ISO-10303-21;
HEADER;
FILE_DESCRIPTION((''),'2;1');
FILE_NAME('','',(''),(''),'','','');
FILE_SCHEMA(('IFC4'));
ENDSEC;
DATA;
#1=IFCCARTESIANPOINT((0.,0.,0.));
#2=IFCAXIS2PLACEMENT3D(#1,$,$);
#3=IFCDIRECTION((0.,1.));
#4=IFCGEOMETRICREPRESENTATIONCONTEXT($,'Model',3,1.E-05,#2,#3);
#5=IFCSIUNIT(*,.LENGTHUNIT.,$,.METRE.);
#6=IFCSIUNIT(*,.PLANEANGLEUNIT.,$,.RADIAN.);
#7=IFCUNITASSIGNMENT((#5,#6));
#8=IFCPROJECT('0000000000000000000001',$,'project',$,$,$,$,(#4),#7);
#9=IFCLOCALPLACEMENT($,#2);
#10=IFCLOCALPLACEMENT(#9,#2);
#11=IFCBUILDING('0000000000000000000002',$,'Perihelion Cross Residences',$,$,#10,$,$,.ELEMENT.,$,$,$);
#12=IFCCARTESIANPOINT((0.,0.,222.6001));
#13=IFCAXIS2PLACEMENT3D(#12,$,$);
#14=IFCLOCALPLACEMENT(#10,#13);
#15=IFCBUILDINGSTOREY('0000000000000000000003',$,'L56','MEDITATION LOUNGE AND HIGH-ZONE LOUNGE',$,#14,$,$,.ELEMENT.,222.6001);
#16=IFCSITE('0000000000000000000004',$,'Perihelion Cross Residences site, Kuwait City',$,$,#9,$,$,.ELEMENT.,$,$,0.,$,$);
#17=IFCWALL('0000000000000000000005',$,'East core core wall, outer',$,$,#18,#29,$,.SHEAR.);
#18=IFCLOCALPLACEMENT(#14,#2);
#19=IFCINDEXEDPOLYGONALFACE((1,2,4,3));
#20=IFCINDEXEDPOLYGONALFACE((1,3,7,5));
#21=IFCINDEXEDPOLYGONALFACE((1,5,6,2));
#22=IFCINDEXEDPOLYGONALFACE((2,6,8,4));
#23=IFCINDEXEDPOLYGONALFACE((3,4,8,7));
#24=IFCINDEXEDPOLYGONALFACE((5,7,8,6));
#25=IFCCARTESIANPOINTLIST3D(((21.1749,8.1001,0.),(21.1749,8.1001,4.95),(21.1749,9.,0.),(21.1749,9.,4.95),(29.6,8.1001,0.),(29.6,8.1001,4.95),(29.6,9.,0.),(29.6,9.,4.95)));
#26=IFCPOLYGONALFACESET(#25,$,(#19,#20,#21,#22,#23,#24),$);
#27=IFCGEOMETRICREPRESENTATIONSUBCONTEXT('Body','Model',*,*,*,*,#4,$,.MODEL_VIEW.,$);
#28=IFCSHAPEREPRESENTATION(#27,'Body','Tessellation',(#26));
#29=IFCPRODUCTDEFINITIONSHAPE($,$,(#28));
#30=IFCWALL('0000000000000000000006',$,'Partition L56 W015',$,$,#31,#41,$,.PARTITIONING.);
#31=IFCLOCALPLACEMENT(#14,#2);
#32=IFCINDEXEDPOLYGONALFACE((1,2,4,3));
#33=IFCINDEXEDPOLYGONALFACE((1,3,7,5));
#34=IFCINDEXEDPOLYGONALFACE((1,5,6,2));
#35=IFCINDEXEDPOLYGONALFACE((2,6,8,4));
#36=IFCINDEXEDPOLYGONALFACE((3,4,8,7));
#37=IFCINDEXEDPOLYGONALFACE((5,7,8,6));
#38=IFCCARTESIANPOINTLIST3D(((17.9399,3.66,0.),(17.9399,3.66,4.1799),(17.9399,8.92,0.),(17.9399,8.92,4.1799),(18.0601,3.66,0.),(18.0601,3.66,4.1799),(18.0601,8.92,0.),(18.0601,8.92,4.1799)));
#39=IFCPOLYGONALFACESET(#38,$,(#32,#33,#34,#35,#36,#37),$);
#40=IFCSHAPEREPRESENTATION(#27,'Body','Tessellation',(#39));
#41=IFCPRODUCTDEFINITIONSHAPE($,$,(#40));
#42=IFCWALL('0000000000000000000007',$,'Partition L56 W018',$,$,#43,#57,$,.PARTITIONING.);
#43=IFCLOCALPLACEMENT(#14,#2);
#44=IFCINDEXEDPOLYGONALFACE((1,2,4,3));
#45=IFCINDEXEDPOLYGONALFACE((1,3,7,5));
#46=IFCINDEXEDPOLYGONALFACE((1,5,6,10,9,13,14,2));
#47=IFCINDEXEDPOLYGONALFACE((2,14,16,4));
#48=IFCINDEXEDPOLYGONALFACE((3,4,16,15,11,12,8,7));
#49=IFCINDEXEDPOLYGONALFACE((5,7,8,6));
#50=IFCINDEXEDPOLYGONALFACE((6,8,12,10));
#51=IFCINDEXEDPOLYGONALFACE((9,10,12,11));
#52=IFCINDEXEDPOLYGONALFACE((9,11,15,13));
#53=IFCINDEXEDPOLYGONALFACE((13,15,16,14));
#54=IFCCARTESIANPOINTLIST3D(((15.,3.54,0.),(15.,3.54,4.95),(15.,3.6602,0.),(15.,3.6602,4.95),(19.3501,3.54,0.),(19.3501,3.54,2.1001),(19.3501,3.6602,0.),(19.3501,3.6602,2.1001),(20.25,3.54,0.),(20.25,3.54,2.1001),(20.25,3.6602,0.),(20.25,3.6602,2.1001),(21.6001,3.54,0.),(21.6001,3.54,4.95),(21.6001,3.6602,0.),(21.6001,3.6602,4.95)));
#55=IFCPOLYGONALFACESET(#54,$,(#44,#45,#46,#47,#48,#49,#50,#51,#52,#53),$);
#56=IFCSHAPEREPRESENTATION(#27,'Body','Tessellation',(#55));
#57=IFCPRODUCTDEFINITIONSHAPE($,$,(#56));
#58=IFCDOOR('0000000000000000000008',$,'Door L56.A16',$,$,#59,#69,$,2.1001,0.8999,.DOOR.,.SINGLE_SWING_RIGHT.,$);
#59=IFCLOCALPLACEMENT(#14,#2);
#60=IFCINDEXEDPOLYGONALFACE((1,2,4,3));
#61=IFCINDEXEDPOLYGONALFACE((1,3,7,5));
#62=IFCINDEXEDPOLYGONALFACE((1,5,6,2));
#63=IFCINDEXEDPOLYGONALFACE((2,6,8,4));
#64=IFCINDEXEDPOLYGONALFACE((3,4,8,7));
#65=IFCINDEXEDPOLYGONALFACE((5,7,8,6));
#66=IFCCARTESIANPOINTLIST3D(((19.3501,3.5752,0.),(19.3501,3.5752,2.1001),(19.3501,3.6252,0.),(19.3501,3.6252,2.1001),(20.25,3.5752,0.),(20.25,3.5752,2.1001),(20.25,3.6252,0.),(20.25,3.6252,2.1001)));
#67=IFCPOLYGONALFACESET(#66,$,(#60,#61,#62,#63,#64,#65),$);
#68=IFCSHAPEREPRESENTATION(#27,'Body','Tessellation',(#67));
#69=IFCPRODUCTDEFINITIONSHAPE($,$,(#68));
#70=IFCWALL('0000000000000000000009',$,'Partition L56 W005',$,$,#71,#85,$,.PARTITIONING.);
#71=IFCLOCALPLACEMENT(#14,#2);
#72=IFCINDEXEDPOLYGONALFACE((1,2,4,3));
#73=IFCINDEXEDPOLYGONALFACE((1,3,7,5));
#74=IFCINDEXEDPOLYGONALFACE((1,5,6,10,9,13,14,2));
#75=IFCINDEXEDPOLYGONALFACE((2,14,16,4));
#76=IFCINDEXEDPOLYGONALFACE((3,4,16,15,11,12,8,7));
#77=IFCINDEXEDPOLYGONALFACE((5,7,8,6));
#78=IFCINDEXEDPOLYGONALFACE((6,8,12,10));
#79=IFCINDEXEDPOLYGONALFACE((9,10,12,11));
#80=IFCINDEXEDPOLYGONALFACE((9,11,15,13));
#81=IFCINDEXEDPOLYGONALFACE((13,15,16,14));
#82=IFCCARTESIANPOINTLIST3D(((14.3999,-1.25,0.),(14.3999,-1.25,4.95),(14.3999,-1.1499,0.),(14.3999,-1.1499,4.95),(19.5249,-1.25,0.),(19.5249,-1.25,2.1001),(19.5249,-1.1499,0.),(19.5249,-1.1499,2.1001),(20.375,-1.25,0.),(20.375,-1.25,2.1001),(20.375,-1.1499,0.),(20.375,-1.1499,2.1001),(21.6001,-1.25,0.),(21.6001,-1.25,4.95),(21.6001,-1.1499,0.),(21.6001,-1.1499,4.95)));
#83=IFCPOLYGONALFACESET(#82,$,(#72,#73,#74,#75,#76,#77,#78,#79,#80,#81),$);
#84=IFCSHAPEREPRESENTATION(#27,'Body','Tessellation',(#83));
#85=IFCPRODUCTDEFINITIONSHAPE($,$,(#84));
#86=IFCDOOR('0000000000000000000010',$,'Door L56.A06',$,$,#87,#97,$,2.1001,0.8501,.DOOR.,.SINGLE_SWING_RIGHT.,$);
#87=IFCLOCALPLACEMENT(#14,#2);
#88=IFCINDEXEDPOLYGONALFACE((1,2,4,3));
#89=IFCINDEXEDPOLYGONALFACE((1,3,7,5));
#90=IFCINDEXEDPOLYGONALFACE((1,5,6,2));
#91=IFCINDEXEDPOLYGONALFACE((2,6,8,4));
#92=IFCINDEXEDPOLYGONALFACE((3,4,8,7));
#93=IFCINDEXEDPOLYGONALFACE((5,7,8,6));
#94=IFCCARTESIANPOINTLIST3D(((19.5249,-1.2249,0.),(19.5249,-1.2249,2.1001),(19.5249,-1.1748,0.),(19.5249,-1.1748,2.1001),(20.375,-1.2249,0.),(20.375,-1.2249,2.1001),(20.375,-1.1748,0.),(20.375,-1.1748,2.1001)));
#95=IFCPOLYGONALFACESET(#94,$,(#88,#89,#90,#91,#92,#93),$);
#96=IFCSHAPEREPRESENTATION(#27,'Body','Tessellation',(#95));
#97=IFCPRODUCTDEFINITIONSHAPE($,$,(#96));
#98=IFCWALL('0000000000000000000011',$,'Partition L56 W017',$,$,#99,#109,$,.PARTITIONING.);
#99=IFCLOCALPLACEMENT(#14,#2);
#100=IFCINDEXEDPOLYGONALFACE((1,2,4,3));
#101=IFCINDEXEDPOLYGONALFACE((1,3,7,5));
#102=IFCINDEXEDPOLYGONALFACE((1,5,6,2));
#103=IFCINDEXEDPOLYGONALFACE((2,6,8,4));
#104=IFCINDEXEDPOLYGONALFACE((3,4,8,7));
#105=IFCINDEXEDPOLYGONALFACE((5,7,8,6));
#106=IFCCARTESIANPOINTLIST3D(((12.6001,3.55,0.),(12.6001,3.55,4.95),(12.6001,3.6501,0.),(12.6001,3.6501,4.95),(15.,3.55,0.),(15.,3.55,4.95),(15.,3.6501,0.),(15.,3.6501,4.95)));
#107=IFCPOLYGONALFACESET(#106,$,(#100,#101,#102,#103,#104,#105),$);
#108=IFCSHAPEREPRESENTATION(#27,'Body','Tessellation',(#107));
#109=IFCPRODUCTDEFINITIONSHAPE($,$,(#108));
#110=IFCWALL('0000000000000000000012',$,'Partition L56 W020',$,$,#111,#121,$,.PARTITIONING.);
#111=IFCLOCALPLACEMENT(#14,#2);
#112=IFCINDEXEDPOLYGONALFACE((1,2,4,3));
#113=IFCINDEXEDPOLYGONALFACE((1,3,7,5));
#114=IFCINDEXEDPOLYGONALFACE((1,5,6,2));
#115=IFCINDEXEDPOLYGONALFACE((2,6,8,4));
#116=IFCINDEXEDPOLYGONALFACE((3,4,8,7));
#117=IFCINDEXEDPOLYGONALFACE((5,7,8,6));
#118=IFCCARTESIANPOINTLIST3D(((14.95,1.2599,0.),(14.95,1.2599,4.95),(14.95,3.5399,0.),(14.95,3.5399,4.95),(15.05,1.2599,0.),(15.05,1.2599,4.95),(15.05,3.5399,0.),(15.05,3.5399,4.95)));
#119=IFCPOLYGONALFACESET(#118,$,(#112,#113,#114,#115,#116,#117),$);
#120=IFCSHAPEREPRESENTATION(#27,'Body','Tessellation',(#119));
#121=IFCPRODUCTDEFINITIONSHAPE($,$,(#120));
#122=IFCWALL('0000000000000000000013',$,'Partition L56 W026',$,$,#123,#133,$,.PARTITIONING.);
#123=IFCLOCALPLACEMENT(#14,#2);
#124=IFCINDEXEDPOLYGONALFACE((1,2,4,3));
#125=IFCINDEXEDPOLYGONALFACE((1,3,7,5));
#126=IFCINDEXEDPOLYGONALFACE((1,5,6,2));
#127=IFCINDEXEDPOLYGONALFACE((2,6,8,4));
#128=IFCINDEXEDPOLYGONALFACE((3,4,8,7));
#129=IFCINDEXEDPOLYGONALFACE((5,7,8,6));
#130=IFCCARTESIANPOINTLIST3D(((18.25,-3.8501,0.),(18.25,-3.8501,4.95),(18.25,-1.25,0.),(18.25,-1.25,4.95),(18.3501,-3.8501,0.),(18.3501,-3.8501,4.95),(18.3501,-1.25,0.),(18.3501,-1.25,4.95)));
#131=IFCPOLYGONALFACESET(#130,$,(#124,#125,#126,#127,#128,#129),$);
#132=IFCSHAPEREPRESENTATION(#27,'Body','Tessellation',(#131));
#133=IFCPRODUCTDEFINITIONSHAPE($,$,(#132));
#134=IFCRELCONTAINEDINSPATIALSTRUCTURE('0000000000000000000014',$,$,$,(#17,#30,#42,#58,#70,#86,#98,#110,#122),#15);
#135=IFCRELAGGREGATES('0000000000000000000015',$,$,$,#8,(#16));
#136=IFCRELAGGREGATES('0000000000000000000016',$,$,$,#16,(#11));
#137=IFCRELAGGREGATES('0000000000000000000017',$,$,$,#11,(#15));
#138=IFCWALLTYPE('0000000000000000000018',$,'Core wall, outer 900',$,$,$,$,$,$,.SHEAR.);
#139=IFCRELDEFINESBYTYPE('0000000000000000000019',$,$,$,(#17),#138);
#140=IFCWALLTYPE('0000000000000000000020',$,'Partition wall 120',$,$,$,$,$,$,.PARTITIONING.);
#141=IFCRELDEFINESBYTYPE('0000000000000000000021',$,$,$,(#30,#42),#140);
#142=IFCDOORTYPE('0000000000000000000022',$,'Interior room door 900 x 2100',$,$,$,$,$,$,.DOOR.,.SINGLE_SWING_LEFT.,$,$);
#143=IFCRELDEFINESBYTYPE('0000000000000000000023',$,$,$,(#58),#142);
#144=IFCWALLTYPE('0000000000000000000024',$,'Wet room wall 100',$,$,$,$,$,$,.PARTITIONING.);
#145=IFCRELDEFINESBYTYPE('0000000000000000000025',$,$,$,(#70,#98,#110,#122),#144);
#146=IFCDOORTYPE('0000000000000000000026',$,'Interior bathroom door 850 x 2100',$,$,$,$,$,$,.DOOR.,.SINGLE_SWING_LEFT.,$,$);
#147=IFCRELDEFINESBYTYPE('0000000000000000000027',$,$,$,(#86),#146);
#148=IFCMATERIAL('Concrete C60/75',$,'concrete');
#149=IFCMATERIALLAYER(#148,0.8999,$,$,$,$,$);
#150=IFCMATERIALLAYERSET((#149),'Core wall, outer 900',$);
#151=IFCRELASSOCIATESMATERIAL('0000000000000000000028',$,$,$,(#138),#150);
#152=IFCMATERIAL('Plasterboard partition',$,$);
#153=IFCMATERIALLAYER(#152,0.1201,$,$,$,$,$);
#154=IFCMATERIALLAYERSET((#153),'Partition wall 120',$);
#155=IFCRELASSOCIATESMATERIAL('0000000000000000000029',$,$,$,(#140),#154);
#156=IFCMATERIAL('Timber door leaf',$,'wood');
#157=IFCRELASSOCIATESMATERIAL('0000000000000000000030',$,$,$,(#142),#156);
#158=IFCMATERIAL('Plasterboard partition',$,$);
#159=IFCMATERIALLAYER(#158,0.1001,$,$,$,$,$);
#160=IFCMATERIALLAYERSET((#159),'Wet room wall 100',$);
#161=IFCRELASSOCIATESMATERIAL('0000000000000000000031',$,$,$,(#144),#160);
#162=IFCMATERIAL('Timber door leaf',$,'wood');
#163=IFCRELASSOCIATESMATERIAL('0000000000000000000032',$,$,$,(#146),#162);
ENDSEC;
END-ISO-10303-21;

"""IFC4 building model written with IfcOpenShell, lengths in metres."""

from ifc_helpers import new_model, si_unit, direction, frame, frame_2d, origin, place, context, subcontext, project, spatial, rectangle, extrude, material, layer, layer_set, type_object, element, fill, save


model = new_model("IFC4")

# Units and contexts
model_context = context("Model", 3, precision=1e-05, world=origin(), true_north=direction((0.0, 1.0)))
body_context = subcontext(model_context, "Body", "Model", "MODEL_VIEW")
ifc_project = project(units=[si_unit("LENGTHUNIT", "METRE"), si_unit("PLANEANGLEUNIT", "RADIAN")], contexts=[model_context])

# Site, building, storey
site_placement = place(None, origin())
site = spatial("IfcSite", under=ifc_project, at=site_placement, Name="Perihelion Cross Residences site, Kuwait City", CompositionType="ELEMENT", RefElevation=0.0)
building_placement = place(site_placement, origin())
building = spatial("IfcBuilding", under=site, at=building_placement, Name="Perihelion Cross Residences", CompositionType="ELEMENT")
storey_placement = place(building_placement, frame((0.0, 0.0, 222.6001)))
storey = spatial("IfcBuildingStorey", under=building, at=storey_placement, Name="L56", Description="MEDITATION LOUNGE AND HIGH-ZONE LOUNGE", CompositionType="ELEMENT", Elevation=222.6001)

# Walls
ifc_material_1 = material(Name="Concrete C60/75", Category="concrete")
ifc_layer_1 = layer(ifc_material_1, 0.8999)
ifc_layer_set_1 = layer_set([ifc_layer_1], Name="Core wall, outer 900")
wall_type_1 = type_object("IfcWallType", Name="Core wall, outer 900", PredefinedType="SHEAR", material=ifc_layer_set_1)
wall_1_placement = place(storey_placement, frame((21.175, 8.55, 0.0), z_axis=(0.0, 0.0, 1.0), x_axis=(1.0, 0.0, 0.0)))
element("IfcWall", 1, at=wall_1_placement, inside=storey, type_object=wall_type_1, Name="East core core wall, outer", PredefinedType="SHEAR", context=body_context, shape_type="SweptSolid", body=[
    extrude(rectangle(XDim=8.425, YDim=0.8999, at=frame_2d((4.2124, 0.0))), origin(), (0.0, 0.0, 1.0), 4.95),
])
ifc_material_2 = material(Name="Plasterboard partition")
ifc_layer_2 = layer(ifc_material_2, 0.1201)
ifc_layer_set_2 = layer_set([ifc_layer_2], Name="Partition wall 120")
wall_type_2 = type_object("IfcWallType", Name="Partition wall 120", PredefinedType="PARTITIONING", material=ifc_layer_set_2)
wall_2_placement = place(storey_placement, frame((18.0, 8.9199, 0.0), z_axis=(0.0, 0.0, 1.0), x_axis=(0.0, -1.0, 0.0)))
element("IfcWall", 2, at=wall_2_placement, inside=storey, type_object=wall_type_2, Name="Partition L56 W015", PredefinedType="PARTITIONING", context=body_context, shape_type="SweptSolid", body=[
    extrude(rectangle(XDim=5.26, YDim=0.1201, at=frame_2d((2.6299, 0.0))), origin(), (0.0, 0.0, 1.0), 4.1799),
])

# Walls, openings, doors
wall_3_placement = place(storey_placement, frame((21.6001, 3.6001, 0.0), z_axis=(0.0, 0.0, 1.0), x_axis=(-1.0, 0.0, 0.0)))
wall_3 = element("IfcWall", 3, at=wall_3_placement, inside=storey, type_object=wall_type_2, Name="Partition L56 W018", PredefinedType="PARTITIONING", context=body_context, shape_type="SweptSolid", body=[
    extrude(rectangle(XDim=6.6001, YDim=0.1201, at=frame_2d((3.3, 0.0))), origin(), (0.0, 0.0, 1.0), 4.95),
])
opening_1_placement = place(wall_3_placement, frame((1.3501, 0.0, 0.0)))
opening_1 = element("IfcOpeningElement", 4, at=opening_1_placement, cuts=wall_3, PredefinedType="OPENING", context=body_context, shape_type="SweptSolid", body=[
    extrude(rectangle(XDim=0.8999, YDim=2.1001, at=frame_2d((0.45, 1.05))), frame((0.0, 0.0701, 0.0), z_axis=(0.0, -1.0, 0.0), x_axis=(1.0, 0.0, 0.0)), (0.0, 0.0, 1.0), 0.1401),
])
ifc_material_3 = material(Name="Timber door leaf", Category="wood")
door_type_1 = type_object("IfcDoorType", Name="Interior room door 900 x 2100", OperationType="SINGLE_SWING_LEFT", PredefinedType="DOOR", material=ifc_material_3)
door_1_placement = place(opening_1_placement, origin())
door_1 = element("IfcDoor", 5, at=door_1_placement, inside=storey, type_object=door_type_1, Name="Door L56.A16", OperationType="SINGLE_SWING_RIGHT", OverallHeight=2.1001, OverallWidth=0.8999, PredefinedType="DOOR", context=body_context, shape_type="SweptSolid", body=[
    extrude(rectangle(XDim=0.8999, YDim=2.1001, at=frame_2d((0.45, 1.05))), frame((0.0, 0.0249, 0.0), z_axis=(0.0, -1.0, 0.0), x_axis=(1.0, 0.0, 0.0)), (0.0, 0.0, 1.0), 0.05),
])
fill(opening_1, door_1)
ifc_material_4 = material(Name="Plasterboard partition")
ifc_layer_3 = layer(ifc_material_4, 0.1001)
ifc_layer_set_3 = layer_set([ifc_layer_3], Name="Wet room wall 100")
wall_type_3 = type_object("IfcWallType", Name="Wet room wall 100", PredefinedType="PARTITIONING", material=ifc_layer_set_3)
wall_4_placement = place(storey_placement, frame((21.6001, -1.2, 0.0), z_axis=(0.0, 0.0, 1.0), x_axis=(-1.0, 0.0, 0.0)))
wall_4 = element("IfcWall", 6, at=wall_4_placement, inside=storey, type_object=wall_type_3, Name="Partition L56 W005", PredefinedType="PARTITIONING", context=body_context, shape_type="SweptSolid", body=[
    extrude(rectangle(XDim=7.2002, YDim=0.1001, at=frame_2d((3.6001, 0.0))), origin(), (0.0, 0.0, 1.0), 4.95),
])
opening_2_placement = place(wall_4_placement, frame((1.2251, 0.0, 0.0)))
opening_2 = element("IfcOpeningElement", 7, at=opening_2_placement, cuts=wall_4, PredefinedType="OPENING", context=body_context, shape_type="SweptSolid", body=[
    extrude(rectangle(XDim=0.8501, YDim=2.1001, at=frame_2d((0.425, 1.05))), frame((0.0, 0.0601, 0.0), z_axis=(0.0, -1.0, 0.0), x_axis=(1.0, 0.0, 0.0)), (0.0, 0.0, 1.0), 0.1201),
])
ifc_material_5 = material(Name="Timber door leaf", Category="wood")
door_type_2 = type_object("IfcDoorType", Name="Interior bathroom door 850 x 2100", OperationType="SINGLE_SWING_LEFT", PredefinedType="DOOR", material=ifc_material_5)
door_2_placement = place(opening_2_placement, origin())
door_2 = element("IfcDoor", 8, at=door_2_placement, inside=storey, type_object=door_type_2, Name="Door L56.A06", OperationType="SINGLE_SWING_RIGHT", OverallHeight=2.1001, OverallWidth=0.8501, PredefinedType="DOOR", context=body_context, shape_type="SweptSolid", body=[
    extrude(rectangle(XDim=0.8501, YDim=2.1001, at=frame_2d((0.425, 1.05))), frame((0.0, 0.0249, 0.0), z_axis=(0.0, -1.0, 0.0), x_axis=(1.0, 0.0, 0.0)), (0.0, 0.0, 1.0), 0.05),
])
fill(opening_2, door_2)

# Walls
wall_5_placement = place(storey_placement, frame((15.0, 3.6001, 0.0), z_axis=(0.0, 0.0, 1.0), x_axis=(-1.0, 0.0, 0.0)))
element("IfcWall", 9, at=wall_5_placement, inside=storey, type_object=wall_type_3, Name="Partition L56 W017", PredefinedType="PARTITIONING", context=body_context, shape_type="SweptSolid", body=[
    extrude(rectangle(XDim=2.3999, YDim=0.1001, at=frame_2d((1.2, 0.0))), origin(), (0.0, 0.0, 1.0), 4.95),
])
wall_6_placement = place(storey_placement, frame((15.0, 3.54, 0.0), z_axis=(0.0, 0.0, 1.0), x_axis=(0.0, -1.0, 0.0)))
element("IfcWall", 10, at=wall_6_placement, inside=storey, type_object=wall_type_3, Name="Partition L56 W020", PredefinedType="PARTITIONING", context=body_context, shape_type="SweptSolid", body=[
    extrude(rectangle(XDim=2.28, YDim=0.1001, at=frame_2d((1.1401, 0.0))), origin(), (0.0, 0.0, 1.0), 4.95),
])
wall_7_placement = place(storey_placement, frame((18.3, -1.25, 0.0), z_axis=(0.0, 0.0, 1.0), x_axis=(0.0, -1.0, 0.0)))
element("IfcWall", 11, at=wall_7_placement, inside=storey, type_object=wall_type_3, Name="Partition L56 W026", PredefinedType="PARTITIONING", context=body_context, shape_type="SweptSolid", body=[
    extrude(rectangle(XDim=2.6001, YDim=0.1001, at=frame_2d((1.3, 0.0))), origin(), (0.0, 0.0, 1.0), 4.95),
])

save(model, "model.ifc")
